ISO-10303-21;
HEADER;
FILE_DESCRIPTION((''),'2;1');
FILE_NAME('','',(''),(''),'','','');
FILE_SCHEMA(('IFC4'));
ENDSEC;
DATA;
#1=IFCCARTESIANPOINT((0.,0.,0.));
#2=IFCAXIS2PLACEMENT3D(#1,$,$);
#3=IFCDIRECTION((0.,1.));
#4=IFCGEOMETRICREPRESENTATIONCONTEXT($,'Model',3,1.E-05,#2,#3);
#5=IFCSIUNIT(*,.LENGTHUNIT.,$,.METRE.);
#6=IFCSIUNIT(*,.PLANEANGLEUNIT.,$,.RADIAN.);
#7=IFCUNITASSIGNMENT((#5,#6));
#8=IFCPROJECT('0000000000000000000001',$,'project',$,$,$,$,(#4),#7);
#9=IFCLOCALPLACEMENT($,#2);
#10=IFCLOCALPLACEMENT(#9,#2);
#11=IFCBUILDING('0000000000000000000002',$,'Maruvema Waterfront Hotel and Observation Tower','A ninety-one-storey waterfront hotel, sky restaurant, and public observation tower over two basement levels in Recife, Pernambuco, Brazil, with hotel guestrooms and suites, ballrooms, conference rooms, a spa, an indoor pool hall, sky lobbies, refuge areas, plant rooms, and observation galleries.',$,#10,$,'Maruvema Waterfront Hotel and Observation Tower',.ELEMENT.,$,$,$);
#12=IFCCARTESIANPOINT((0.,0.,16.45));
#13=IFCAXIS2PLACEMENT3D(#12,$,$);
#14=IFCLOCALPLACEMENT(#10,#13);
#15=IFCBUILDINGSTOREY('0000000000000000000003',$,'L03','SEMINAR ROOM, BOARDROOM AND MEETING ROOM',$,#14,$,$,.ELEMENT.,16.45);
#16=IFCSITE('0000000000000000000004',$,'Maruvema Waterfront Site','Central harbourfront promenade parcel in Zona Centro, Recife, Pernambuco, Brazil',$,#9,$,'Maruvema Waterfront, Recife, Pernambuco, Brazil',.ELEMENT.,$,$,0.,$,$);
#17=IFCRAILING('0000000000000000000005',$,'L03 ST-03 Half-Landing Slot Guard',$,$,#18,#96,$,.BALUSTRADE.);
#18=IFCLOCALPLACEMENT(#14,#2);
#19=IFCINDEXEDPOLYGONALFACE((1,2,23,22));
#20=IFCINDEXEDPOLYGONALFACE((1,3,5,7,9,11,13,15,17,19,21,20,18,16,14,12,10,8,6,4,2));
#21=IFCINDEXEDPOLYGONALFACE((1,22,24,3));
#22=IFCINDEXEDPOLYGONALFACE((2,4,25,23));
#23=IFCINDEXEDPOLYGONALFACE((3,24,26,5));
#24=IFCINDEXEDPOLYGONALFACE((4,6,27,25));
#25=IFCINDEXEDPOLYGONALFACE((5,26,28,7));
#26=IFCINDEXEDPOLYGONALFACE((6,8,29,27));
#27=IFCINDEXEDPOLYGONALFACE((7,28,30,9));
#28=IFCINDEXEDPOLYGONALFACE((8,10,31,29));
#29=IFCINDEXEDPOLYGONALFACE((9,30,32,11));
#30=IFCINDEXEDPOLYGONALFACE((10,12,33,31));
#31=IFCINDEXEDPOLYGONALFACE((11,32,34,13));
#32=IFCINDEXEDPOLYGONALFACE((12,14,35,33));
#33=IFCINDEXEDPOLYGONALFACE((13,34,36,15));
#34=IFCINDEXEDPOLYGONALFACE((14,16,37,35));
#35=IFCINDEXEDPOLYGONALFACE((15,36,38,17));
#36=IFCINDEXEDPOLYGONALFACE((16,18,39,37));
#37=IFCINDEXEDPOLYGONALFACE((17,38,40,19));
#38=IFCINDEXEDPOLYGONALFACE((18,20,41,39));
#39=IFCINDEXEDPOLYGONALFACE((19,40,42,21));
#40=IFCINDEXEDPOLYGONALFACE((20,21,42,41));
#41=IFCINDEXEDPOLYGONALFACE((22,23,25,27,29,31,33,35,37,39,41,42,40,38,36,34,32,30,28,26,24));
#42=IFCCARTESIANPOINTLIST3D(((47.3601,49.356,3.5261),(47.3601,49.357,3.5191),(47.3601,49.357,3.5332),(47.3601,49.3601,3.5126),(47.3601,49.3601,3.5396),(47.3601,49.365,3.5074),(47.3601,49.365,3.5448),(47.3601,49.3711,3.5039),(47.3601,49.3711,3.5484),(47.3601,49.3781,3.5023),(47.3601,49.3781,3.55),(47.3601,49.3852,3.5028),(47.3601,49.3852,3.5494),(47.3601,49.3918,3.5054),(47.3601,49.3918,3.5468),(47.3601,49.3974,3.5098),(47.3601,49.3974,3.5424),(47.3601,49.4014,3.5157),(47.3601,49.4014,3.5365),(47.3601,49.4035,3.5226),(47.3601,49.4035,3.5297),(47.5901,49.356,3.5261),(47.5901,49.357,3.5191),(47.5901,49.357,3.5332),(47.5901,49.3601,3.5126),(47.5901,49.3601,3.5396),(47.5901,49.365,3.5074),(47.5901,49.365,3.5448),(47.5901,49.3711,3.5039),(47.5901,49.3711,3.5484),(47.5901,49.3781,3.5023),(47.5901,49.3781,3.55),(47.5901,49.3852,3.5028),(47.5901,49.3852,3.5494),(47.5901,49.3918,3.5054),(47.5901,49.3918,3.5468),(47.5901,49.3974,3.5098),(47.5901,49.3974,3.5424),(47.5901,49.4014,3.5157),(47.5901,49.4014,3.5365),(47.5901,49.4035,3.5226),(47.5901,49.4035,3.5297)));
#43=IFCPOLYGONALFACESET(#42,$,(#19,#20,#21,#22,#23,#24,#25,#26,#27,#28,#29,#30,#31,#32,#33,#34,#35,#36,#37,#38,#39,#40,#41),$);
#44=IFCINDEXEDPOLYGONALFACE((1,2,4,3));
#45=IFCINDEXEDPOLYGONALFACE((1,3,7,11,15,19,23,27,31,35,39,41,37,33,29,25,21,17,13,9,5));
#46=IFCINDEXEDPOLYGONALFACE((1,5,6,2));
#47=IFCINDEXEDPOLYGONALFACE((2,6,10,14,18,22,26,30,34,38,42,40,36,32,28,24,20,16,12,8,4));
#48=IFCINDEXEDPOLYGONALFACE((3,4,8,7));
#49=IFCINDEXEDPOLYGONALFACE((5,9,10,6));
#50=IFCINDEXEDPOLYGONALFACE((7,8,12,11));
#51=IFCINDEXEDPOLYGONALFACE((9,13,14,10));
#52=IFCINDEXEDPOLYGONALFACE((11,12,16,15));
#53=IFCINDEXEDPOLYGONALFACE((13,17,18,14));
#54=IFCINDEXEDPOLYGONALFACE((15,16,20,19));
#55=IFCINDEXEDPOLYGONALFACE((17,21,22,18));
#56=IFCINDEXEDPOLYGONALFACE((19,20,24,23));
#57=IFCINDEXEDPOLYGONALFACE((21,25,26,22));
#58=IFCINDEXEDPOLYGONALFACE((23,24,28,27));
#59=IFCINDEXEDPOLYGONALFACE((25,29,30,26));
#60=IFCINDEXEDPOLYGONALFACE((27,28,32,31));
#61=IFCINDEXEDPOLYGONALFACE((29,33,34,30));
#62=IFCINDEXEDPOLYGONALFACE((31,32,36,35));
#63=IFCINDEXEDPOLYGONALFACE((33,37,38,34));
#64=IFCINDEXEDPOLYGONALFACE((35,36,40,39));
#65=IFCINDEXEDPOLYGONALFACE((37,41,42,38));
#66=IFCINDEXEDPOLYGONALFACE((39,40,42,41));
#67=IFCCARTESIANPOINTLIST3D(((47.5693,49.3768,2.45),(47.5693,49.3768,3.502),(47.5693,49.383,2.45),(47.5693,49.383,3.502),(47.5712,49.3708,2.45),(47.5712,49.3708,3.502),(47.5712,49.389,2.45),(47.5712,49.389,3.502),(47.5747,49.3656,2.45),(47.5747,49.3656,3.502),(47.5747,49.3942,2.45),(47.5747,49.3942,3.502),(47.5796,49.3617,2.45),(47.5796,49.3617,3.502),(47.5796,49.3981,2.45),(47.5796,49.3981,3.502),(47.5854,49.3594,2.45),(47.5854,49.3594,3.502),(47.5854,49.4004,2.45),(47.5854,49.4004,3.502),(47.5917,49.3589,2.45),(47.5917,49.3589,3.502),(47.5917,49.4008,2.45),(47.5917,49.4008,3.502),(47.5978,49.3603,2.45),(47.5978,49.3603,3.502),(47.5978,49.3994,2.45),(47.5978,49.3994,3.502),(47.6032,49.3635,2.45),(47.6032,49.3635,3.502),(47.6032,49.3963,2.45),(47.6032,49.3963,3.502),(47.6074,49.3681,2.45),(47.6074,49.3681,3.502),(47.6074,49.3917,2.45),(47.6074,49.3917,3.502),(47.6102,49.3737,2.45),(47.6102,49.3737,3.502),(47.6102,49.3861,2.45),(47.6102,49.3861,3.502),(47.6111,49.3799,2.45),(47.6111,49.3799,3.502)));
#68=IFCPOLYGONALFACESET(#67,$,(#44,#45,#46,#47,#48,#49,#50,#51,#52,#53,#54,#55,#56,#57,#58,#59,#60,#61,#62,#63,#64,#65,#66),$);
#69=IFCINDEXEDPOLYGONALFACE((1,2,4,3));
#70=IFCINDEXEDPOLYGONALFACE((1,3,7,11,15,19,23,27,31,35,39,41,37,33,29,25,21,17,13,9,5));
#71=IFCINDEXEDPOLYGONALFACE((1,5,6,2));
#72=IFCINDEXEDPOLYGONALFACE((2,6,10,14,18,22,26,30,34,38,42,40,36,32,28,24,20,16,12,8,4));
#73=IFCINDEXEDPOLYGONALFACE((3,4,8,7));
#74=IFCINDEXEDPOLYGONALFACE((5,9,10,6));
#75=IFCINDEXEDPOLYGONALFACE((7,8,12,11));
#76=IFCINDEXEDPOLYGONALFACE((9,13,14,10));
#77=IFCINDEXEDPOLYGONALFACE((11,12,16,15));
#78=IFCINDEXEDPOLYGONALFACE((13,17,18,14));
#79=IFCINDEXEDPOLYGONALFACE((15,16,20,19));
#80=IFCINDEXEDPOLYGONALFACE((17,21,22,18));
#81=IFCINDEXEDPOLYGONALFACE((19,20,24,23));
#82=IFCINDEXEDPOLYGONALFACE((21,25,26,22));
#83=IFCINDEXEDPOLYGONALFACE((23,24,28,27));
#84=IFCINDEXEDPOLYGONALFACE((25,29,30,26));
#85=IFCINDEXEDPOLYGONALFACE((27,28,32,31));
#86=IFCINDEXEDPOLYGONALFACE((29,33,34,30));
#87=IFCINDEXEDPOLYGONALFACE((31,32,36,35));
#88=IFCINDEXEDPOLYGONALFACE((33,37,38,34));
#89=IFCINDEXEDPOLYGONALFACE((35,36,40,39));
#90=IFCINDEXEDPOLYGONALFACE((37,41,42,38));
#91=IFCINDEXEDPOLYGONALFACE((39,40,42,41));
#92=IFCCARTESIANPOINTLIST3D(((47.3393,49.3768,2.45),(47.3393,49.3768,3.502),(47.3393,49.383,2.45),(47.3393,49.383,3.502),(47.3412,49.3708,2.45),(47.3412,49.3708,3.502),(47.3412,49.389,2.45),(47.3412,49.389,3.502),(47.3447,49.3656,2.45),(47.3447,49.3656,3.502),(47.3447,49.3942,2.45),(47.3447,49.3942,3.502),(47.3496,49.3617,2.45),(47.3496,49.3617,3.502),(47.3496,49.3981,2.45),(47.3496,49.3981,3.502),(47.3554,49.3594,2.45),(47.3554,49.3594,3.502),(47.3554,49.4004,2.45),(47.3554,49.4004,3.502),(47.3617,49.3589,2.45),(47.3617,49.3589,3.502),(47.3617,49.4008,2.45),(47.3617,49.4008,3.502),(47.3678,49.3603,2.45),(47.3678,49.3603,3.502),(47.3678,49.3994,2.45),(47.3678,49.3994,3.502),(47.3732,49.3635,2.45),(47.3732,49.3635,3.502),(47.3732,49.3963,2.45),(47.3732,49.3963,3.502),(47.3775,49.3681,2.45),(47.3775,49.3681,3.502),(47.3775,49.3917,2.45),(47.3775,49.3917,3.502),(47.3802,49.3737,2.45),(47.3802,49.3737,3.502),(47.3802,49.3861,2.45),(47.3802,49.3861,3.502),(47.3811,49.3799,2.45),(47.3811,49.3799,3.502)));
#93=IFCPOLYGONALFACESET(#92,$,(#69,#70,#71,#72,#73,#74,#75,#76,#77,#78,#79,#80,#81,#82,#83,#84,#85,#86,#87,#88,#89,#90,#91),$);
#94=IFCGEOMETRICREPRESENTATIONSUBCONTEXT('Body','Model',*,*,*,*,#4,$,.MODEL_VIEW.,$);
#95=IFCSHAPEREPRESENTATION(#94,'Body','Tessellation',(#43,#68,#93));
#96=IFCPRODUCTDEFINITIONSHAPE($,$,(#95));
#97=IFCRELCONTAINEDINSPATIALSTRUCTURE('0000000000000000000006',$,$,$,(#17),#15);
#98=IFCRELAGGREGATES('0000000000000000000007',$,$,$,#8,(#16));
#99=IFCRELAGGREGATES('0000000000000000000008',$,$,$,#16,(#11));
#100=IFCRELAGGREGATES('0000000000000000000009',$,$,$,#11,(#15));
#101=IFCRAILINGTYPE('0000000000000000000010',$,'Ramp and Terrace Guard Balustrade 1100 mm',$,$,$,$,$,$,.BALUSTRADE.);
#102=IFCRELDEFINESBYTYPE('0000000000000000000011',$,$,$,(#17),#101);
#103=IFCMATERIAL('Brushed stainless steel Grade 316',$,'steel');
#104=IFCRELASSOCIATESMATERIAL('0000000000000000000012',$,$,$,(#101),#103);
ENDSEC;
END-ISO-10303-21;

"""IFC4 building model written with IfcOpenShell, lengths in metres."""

from ifc_helpers import new_model, si_unit, direction, frame, origin, origin_2d, place, context, subcontext, project, spatial, circle, extrude, material, type_object, element, save


model = new_model("IFC4")

# Units and contexts
model_context = context("Model", 3, precision=1e-05, world=origin(), true_north=direction((0.0, 1.0)))
body_context = subcontext(model_context, "Body", "Model", "MODEL_VIEW")
ifc_project = project(units=[si_unit("LENGTHUNIT", "METRE"), si_unit("PLANEANGLEUNIT", "RADIAN")], contexts=[model_context])

# Site, building, storey
site_placement = place(None, origin())
site = spatial("IfcSite", under=ifc_project, at=site_placement, Name="Maruvema Waterfront Site", Description="Central harbourfront promenade parcel in Zona Centro, Recife, Pernambuco, Brazil", LongName="Maruvema Waterfront, Recife, Pernambuco, Brazil", CompositionType="ELEMENT", RefElevation=0.0)
building_placement = place(site_placement, origin())
building = spatial("IfcBuilding", under=site, at=building_placement, Name="Maruvema Waterfront Hotel and Observation Tower", Description="A ninety-one-storey waterfront hotel, sky restaurant, and public observation tower over two basement levels in Recife, Pernambuco, Brazil, with hotel guestrooms and suites, ballrooms, conference rooms, a spa, an indoor pool hall, sky lobbies, refuge areas, plant rooms, and observation galleries.", LongName="Maruvema Waterfront Hotel and Observation Tower", CompositionType="ELEMENT")
storey_placement = place(building_placement, frame((0.0, 0.0, 16.45)))
storey = spatial("IfcBuildingStorey", under=building, at=storey_placement, Name="L03", Description="SEMINAR ROOM, BOARDROOM AND MEETING ROOM", CompositionType="ELEMENT", Elevation=16.45)

# Railing
ifc_material_1 = material(Name="Brushed stainless steel Grade 316", Category="steel")
railing_type_1 = type_object("IfcRailingType", Name="Ramp and Terrace Guard Balustrade 1100 mm", PredefinedType="BALUSTRADE", material=ifc_material_1)
railing_1_placement = place(storey_placement, frame((47.5901, 49.3799, 2.45)))
element("IfcRailing", 1, at=railing_1_placement, inside=storey, type_object=railing_type_1, Name="L03 ST-03 Half-Landing Slot Guard", PredefinedType="BALUSTRADE", context=body_context, shape_type="SweptSolid", body=[
    extrude(circle(Radius=0.0239, at=origin_2d()), frame((0.0, 0.0, 1.0762), z_axis=(-1.0, 0.0, 0.0), x_axis=(0.0, -1.0, 0.0)), (0.0, 0.0, 1.0), 0.23),
    extrude(circle(Radius=0.021, at=origin_2d()), origin(), (0.0, 0.0, 1.0), 1.052),
    extrude(circle(Radius=0.021, at=origin_2d()), frame((-0.23, 0.0, 0.0)), (0.0, 0.0, 1.0), 1.052),
])

save(model, "model.ifc")
